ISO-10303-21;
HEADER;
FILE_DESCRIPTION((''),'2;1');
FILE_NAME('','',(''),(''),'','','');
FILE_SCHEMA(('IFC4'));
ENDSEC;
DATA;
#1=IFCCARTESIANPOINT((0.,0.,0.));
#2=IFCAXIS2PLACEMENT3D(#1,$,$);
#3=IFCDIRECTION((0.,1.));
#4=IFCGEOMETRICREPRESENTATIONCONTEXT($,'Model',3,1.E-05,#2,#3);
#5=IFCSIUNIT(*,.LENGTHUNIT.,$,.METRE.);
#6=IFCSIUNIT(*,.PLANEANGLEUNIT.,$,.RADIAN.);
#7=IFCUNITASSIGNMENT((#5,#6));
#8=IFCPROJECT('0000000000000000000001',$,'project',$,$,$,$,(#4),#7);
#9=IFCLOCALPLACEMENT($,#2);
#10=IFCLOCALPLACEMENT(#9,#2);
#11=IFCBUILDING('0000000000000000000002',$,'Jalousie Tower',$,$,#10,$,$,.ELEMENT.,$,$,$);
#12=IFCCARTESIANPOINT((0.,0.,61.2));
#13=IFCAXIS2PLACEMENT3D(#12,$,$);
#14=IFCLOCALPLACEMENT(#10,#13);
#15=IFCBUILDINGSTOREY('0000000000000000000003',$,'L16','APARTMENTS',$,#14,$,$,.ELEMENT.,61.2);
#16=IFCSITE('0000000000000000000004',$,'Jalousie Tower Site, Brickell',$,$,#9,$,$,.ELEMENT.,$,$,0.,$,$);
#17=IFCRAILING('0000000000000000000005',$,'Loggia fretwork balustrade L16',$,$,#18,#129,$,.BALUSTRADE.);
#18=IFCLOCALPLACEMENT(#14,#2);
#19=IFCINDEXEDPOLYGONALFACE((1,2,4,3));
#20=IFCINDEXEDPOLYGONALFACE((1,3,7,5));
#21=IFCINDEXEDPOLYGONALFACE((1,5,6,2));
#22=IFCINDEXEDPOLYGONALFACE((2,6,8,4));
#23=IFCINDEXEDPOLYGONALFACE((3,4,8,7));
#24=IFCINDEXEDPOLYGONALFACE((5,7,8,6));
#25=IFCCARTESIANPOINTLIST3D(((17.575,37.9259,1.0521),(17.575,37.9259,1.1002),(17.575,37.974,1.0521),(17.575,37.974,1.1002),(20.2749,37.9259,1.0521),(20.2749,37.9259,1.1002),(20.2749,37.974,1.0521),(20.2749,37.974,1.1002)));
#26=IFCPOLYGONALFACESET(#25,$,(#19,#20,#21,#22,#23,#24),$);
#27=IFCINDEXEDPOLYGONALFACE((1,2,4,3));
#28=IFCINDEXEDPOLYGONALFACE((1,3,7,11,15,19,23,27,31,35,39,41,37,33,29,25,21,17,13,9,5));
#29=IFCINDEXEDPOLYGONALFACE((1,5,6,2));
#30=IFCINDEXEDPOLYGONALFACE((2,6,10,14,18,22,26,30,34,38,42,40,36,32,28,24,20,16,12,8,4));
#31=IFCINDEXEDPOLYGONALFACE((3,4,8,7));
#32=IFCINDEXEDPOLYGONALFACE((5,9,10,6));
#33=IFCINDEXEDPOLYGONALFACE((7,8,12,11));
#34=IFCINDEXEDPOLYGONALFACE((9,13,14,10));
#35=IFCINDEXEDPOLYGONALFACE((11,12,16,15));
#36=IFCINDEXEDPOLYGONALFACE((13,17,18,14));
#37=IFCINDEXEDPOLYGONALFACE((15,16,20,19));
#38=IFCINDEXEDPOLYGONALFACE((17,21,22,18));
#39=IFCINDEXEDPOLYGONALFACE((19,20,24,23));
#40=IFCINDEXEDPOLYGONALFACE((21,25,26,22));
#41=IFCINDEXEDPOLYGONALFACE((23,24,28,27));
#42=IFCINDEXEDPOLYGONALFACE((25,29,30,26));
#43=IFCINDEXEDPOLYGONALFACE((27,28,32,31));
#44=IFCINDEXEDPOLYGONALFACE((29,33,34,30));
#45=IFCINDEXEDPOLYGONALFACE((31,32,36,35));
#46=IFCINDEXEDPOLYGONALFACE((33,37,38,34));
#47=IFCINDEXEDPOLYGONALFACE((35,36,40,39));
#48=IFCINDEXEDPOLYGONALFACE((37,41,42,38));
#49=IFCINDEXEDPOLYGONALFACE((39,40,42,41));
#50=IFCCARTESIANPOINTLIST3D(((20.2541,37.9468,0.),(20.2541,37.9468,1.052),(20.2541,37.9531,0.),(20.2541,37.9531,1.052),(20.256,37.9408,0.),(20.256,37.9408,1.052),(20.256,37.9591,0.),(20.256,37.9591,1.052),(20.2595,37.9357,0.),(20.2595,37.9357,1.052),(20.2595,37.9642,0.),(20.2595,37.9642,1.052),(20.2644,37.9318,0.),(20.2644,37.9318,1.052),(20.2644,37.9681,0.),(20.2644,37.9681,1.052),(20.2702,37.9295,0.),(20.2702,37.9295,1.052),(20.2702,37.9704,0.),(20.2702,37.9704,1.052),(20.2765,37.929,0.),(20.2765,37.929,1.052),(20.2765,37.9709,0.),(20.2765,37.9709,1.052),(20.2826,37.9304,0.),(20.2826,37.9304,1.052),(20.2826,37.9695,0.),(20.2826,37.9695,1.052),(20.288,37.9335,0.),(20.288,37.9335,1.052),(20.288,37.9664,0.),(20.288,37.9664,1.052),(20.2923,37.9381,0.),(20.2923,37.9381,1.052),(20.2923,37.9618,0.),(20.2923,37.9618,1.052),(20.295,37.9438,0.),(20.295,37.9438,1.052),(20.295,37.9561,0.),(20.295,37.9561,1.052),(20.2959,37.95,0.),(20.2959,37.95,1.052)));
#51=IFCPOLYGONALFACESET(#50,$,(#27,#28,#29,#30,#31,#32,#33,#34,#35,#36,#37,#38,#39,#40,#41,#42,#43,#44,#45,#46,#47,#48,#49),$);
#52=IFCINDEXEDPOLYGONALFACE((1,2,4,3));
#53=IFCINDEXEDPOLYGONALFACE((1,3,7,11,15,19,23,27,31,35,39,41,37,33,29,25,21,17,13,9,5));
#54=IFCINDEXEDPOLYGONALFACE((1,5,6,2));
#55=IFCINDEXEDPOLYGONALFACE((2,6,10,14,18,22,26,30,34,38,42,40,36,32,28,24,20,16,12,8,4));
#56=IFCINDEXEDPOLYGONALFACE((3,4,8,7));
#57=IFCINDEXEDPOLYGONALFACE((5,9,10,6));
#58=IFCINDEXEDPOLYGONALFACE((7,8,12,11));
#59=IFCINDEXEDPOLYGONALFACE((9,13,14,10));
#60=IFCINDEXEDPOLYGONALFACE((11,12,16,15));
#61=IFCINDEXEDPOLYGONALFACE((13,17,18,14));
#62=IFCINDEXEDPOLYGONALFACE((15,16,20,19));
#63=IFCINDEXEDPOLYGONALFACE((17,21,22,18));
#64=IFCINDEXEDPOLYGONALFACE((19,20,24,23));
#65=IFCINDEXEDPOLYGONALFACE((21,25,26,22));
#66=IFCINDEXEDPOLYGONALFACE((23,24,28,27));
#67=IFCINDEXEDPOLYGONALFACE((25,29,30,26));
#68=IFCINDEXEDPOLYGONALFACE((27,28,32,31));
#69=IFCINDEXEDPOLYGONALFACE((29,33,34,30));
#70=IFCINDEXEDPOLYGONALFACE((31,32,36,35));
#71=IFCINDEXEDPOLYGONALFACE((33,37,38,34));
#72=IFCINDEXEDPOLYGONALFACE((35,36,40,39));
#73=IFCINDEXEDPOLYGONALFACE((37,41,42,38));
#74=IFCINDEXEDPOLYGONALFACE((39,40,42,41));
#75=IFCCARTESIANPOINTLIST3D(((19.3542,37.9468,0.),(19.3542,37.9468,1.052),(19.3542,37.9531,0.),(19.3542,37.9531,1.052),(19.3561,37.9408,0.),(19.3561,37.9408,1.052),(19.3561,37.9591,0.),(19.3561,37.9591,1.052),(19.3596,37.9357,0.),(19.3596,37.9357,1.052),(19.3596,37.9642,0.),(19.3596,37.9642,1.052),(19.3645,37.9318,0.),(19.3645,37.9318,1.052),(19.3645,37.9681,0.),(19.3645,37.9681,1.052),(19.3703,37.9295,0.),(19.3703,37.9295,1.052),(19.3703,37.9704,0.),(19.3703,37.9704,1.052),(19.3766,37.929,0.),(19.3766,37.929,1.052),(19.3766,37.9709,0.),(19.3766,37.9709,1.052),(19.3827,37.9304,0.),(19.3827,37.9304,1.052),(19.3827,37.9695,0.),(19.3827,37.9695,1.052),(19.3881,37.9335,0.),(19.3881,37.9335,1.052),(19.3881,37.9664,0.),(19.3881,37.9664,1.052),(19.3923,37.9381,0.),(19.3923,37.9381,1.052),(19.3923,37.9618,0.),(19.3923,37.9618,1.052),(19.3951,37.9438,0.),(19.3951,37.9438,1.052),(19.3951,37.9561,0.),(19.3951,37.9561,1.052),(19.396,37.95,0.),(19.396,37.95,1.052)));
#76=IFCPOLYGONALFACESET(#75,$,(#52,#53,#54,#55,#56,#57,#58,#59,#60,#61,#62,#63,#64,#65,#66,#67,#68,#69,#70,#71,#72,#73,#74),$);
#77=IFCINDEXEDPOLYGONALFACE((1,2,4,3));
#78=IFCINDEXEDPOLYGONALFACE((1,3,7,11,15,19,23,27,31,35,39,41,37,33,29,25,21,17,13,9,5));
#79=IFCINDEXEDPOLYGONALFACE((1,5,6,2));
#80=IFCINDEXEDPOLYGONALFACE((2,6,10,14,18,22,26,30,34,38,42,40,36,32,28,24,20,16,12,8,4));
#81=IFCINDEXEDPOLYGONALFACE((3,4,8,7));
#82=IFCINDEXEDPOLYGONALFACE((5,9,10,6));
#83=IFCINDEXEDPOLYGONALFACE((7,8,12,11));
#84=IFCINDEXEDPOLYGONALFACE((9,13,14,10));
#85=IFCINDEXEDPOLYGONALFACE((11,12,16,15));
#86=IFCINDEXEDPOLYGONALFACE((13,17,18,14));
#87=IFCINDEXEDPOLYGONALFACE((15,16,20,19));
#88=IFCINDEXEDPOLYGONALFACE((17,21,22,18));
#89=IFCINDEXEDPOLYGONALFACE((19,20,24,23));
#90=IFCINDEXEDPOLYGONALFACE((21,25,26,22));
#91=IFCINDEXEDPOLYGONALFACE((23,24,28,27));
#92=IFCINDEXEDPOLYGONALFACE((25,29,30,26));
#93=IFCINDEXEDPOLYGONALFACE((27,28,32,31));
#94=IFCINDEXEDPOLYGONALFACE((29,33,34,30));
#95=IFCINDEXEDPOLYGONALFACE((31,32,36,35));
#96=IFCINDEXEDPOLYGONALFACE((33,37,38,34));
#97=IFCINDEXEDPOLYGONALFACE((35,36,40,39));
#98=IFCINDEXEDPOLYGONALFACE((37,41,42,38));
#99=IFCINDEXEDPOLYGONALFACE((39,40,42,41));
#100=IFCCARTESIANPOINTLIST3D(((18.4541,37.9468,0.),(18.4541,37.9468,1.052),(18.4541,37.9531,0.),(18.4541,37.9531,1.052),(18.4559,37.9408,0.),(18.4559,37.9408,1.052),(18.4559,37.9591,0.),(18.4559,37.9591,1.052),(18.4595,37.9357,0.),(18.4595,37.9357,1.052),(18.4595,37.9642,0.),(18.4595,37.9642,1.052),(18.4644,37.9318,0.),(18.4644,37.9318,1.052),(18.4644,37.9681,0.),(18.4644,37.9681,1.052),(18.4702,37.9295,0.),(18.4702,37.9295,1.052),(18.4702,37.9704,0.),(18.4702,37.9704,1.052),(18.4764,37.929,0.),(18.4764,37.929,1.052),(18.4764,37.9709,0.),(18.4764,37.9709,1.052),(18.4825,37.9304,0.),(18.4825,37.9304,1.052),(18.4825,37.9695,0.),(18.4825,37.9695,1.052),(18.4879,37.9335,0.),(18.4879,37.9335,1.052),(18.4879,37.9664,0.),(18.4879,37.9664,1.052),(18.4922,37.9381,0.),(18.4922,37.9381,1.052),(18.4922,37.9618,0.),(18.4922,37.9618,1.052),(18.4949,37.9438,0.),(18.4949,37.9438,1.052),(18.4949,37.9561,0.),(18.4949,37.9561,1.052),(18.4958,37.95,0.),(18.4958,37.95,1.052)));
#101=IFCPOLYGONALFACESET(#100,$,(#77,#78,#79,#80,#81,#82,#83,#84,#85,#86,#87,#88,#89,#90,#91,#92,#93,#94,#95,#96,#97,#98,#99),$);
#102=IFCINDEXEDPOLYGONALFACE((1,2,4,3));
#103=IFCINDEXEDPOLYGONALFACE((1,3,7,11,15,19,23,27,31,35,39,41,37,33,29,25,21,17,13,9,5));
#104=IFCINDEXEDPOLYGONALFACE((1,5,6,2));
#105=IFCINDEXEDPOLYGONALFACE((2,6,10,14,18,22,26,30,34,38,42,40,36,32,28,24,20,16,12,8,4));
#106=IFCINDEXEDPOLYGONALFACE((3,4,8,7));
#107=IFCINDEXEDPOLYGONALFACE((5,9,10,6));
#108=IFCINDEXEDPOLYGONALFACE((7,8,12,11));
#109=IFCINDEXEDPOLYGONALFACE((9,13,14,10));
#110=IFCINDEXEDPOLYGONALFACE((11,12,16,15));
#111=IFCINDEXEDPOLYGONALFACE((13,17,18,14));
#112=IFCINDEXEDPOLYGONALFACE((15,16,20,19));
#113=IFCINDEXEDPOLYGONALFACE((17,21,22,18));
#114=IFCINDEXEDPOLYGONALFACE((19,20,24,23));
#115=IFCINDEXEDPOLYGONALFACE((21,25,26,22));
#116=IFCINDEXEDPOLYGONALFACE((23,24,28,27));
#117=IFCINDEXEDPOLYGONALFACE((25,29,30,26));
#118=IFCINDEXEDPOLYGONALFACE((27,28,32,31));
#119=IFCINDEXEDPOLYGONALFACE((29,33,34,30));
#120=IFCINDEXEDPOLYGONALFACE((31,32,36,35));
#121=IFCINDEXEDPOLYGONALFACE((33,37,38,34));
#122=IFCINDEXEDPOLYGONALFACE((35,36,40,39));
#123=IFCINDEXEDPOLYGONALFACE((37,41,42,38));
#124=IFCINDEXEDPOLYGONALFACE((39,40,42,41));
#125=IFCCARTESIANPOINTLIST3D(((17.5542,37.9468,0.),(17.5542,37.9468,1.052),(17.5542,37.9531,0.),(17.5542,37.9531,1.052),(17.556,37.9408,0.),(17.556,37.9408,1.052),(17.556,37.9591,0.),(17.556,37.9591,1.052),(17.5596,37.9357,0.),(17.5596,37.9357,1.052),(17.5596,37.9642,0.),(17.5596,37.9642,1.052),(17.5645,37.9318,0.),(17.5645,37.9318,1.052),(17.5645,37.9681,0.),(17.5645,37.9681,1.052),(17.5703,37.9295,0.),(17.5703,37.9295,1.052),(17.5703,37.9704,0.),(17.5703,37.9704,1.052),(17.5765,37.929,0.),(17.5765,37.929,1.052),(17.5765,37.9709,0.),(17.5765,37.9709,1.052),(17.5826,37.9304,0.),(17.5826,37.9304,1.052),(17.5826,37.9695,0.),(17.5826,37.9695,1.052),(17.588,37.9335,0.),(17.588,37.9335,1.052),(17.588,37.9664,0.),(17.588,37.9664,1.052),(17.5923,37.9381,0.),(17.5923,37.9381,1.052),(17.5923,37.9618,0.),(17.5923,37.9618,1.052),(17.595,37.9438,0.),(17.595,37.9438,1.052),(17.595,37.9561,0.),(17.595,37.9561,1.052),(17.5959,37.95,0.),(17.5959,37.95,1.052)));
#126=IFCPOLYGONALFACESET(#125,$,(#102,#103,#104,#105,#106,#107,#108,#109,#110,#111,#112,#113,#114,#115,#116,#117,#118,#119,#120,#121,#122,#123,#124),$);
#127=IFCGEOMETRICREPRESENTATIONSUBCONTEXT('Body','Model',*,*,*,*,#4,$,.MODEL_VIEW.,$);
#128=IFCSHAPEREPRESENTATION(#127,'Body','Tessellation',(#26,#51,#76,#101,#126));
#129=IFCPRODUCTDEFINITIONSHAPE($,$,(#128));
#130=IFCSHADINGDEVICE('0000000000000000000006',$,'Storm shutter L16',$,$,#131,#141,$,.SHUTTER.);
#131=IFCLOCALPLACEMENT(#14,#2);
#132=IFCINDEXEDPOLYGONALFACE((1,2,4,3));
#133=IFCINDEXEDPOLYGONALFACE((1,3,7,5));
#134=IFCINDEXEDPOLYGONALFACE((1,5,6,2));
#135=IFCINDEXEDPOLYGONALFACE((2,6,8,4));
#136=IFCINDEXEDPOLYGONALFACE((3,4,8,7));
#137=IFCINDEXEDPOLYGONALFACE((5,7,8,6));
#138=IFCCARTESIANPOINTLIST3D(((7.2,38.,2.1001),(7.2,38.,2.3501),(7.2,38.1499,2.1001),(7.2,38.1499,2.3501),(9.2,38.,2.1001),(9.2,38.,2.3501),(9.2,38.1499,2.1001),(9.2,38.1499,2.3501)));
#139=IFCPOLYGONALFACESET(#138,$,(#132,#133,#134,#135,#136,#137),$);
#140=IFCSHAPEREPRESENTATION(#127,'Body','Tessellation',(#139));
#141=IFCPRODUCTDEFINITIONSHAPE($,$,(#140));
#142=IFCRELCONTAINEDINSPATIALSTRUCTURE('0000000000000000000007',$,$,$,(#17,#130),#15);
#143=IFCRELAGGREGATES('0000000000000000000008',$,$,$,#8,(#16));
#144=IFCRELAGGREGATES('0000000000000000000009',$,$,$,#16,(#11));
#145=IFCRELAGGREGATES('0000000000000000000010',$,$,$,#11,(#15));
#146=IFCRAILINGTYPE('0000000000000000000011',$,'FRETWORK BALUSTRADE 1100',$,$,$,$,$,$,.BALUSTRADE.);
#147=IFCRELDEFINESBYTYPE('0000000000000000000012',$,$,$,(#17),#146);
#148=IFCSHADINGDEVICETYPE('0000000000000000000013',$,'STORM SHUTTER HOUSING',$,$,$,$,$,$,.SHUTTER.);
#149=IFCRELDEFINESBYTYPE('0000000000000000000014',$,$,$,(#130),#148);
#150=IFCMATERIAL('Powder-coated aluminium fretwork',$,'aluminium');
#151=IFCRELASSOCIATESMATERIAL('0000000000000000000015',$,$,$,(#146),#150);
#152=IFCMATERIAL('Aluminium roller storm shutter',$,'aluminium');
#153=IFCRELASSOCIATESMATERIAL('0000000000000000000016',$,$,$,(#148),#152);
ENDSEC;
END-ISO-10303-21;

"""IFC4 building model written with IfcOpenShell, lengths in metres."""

from ifc_helpers import new_model, si_unit, direction, frame, origin, origin_2d, place, context, subcontext, project, spatial, rectangle, circle, extrude, material, type_object, element, save


model = new_model("IFC4")

# Units and contexts
model_context = context("Model", 3, precision=1e-05, world=origin(), true_north=direction((0.0, 1.0)))
body_context = subcontext(model_context, "Body", "Model", "MODEL_VIEW")
ifc_project = project(units=[si_unit("LENGTHUNIT", "METRE"), si_unit("PLANEANGLEUNIT", "RADIAN")], contexts=[model_context])

# Site, building, storey
site_placement = place(None, origin())
site = spatial("IfcSite", under=ifc_project, at=site_placement, Name="Jalousie Tower Site, Brickell", CompositionType="ELEMENT", RefElevation=0.0)
building_placement = place(site_placement, origin())
building = spatial("IfcBuilding", under=site, at=building_placement, Name="Jalousie Tower", CompositionType="ELEMENT")
storey_placement = place(building_placement, frame((0.0, 0.0, 61.2)))
storey = spatial("IfcBuildingStorey", under=building, at=storey_placement, Name="L16", Description="APARTMENTS", CompositionType="ELEMENT", Elevation=61.2)

# Railing
ifc_material_1 = material(Name="Powder-coated aluminium fretwork", Category="aluminium")
railing_type = type_object("IfcRailingType", Name="FRETWORK BALUSTRADE 1100", PredefinedType="BALUSTRADE", material=ifc_material_1)
railing_placement = place(storey_placement, frame((20.2749, 37.95, 0.0)))
element("IfcRailing", 1, at=railing_placement, inside=storey, type_object=railing_type, Name="Loggia fretwork balustrade L16", PredefinedType="BALUSTRADE", context=body_context, shape_type="SweptSolid", body=[
    extrude(rectangle(XDim=0.0481, YDim=0.0481, at=origin_2d()), frame((0.0, 0.0, 1.0762), z_axis=(-1.0, 0.0, 0.0), x_axis=(0.0, -1.0, 0.0)), (0.0, 0.0, 1.0), 2.7),
    extrude(circle(Radius=0.021, at=origin_2d()), origin(), (0.0, 0.0, 1.0), 1.052),
    extrude(circle(Radius=0.021, at=origin_2d()), frame((-0.8999, 0.0, 0.0)), (0.0, 0.0, 1.0), 1.052),
    extrude(circle(Radius=0.021, at=origin_2d()), frame((-1.8, 0.0, 0.0)), (0.0, 0.0, 1.0), 1.052),
    extrude(circle(Radius=0.021, at=origin_2d()), frame((-2.7, 0.0, 0.0)), (0.0, 0.0, 1.0), 1.052),
])

# Shading device
ifc_material_2 = material(Name="Aluminium roller storm shutter", Category="aluminium")
shading_device_type = type_object("IfcShadingDeviceType", Name="STORM SHUTTER HOUSING", PredefinedType="SHUTTER", material=ifc_material_2)
shading_device_placement = place(storey_placement, frame((8.2, 38.075, 2.1001), z_axis=(0.0, 0.0, 1.0), x_axis=(-1.0, 0.0, 0.0)))
element("IfcShadingDevice", 2, at=shading_device_placement, inside=storey, type_object=shading_device_type, Name="Storm shutter L16", PredefinedType="SHUTTER", context=body_context, shape_type="SweptSolid", body=[
    extrude(rectangle(XDim=2.0, YDim=0.1499, at=origin_2d()), origin(), (0.0, 0.0, 1.0), 0.25),
])

save(model, "model.ifc")
